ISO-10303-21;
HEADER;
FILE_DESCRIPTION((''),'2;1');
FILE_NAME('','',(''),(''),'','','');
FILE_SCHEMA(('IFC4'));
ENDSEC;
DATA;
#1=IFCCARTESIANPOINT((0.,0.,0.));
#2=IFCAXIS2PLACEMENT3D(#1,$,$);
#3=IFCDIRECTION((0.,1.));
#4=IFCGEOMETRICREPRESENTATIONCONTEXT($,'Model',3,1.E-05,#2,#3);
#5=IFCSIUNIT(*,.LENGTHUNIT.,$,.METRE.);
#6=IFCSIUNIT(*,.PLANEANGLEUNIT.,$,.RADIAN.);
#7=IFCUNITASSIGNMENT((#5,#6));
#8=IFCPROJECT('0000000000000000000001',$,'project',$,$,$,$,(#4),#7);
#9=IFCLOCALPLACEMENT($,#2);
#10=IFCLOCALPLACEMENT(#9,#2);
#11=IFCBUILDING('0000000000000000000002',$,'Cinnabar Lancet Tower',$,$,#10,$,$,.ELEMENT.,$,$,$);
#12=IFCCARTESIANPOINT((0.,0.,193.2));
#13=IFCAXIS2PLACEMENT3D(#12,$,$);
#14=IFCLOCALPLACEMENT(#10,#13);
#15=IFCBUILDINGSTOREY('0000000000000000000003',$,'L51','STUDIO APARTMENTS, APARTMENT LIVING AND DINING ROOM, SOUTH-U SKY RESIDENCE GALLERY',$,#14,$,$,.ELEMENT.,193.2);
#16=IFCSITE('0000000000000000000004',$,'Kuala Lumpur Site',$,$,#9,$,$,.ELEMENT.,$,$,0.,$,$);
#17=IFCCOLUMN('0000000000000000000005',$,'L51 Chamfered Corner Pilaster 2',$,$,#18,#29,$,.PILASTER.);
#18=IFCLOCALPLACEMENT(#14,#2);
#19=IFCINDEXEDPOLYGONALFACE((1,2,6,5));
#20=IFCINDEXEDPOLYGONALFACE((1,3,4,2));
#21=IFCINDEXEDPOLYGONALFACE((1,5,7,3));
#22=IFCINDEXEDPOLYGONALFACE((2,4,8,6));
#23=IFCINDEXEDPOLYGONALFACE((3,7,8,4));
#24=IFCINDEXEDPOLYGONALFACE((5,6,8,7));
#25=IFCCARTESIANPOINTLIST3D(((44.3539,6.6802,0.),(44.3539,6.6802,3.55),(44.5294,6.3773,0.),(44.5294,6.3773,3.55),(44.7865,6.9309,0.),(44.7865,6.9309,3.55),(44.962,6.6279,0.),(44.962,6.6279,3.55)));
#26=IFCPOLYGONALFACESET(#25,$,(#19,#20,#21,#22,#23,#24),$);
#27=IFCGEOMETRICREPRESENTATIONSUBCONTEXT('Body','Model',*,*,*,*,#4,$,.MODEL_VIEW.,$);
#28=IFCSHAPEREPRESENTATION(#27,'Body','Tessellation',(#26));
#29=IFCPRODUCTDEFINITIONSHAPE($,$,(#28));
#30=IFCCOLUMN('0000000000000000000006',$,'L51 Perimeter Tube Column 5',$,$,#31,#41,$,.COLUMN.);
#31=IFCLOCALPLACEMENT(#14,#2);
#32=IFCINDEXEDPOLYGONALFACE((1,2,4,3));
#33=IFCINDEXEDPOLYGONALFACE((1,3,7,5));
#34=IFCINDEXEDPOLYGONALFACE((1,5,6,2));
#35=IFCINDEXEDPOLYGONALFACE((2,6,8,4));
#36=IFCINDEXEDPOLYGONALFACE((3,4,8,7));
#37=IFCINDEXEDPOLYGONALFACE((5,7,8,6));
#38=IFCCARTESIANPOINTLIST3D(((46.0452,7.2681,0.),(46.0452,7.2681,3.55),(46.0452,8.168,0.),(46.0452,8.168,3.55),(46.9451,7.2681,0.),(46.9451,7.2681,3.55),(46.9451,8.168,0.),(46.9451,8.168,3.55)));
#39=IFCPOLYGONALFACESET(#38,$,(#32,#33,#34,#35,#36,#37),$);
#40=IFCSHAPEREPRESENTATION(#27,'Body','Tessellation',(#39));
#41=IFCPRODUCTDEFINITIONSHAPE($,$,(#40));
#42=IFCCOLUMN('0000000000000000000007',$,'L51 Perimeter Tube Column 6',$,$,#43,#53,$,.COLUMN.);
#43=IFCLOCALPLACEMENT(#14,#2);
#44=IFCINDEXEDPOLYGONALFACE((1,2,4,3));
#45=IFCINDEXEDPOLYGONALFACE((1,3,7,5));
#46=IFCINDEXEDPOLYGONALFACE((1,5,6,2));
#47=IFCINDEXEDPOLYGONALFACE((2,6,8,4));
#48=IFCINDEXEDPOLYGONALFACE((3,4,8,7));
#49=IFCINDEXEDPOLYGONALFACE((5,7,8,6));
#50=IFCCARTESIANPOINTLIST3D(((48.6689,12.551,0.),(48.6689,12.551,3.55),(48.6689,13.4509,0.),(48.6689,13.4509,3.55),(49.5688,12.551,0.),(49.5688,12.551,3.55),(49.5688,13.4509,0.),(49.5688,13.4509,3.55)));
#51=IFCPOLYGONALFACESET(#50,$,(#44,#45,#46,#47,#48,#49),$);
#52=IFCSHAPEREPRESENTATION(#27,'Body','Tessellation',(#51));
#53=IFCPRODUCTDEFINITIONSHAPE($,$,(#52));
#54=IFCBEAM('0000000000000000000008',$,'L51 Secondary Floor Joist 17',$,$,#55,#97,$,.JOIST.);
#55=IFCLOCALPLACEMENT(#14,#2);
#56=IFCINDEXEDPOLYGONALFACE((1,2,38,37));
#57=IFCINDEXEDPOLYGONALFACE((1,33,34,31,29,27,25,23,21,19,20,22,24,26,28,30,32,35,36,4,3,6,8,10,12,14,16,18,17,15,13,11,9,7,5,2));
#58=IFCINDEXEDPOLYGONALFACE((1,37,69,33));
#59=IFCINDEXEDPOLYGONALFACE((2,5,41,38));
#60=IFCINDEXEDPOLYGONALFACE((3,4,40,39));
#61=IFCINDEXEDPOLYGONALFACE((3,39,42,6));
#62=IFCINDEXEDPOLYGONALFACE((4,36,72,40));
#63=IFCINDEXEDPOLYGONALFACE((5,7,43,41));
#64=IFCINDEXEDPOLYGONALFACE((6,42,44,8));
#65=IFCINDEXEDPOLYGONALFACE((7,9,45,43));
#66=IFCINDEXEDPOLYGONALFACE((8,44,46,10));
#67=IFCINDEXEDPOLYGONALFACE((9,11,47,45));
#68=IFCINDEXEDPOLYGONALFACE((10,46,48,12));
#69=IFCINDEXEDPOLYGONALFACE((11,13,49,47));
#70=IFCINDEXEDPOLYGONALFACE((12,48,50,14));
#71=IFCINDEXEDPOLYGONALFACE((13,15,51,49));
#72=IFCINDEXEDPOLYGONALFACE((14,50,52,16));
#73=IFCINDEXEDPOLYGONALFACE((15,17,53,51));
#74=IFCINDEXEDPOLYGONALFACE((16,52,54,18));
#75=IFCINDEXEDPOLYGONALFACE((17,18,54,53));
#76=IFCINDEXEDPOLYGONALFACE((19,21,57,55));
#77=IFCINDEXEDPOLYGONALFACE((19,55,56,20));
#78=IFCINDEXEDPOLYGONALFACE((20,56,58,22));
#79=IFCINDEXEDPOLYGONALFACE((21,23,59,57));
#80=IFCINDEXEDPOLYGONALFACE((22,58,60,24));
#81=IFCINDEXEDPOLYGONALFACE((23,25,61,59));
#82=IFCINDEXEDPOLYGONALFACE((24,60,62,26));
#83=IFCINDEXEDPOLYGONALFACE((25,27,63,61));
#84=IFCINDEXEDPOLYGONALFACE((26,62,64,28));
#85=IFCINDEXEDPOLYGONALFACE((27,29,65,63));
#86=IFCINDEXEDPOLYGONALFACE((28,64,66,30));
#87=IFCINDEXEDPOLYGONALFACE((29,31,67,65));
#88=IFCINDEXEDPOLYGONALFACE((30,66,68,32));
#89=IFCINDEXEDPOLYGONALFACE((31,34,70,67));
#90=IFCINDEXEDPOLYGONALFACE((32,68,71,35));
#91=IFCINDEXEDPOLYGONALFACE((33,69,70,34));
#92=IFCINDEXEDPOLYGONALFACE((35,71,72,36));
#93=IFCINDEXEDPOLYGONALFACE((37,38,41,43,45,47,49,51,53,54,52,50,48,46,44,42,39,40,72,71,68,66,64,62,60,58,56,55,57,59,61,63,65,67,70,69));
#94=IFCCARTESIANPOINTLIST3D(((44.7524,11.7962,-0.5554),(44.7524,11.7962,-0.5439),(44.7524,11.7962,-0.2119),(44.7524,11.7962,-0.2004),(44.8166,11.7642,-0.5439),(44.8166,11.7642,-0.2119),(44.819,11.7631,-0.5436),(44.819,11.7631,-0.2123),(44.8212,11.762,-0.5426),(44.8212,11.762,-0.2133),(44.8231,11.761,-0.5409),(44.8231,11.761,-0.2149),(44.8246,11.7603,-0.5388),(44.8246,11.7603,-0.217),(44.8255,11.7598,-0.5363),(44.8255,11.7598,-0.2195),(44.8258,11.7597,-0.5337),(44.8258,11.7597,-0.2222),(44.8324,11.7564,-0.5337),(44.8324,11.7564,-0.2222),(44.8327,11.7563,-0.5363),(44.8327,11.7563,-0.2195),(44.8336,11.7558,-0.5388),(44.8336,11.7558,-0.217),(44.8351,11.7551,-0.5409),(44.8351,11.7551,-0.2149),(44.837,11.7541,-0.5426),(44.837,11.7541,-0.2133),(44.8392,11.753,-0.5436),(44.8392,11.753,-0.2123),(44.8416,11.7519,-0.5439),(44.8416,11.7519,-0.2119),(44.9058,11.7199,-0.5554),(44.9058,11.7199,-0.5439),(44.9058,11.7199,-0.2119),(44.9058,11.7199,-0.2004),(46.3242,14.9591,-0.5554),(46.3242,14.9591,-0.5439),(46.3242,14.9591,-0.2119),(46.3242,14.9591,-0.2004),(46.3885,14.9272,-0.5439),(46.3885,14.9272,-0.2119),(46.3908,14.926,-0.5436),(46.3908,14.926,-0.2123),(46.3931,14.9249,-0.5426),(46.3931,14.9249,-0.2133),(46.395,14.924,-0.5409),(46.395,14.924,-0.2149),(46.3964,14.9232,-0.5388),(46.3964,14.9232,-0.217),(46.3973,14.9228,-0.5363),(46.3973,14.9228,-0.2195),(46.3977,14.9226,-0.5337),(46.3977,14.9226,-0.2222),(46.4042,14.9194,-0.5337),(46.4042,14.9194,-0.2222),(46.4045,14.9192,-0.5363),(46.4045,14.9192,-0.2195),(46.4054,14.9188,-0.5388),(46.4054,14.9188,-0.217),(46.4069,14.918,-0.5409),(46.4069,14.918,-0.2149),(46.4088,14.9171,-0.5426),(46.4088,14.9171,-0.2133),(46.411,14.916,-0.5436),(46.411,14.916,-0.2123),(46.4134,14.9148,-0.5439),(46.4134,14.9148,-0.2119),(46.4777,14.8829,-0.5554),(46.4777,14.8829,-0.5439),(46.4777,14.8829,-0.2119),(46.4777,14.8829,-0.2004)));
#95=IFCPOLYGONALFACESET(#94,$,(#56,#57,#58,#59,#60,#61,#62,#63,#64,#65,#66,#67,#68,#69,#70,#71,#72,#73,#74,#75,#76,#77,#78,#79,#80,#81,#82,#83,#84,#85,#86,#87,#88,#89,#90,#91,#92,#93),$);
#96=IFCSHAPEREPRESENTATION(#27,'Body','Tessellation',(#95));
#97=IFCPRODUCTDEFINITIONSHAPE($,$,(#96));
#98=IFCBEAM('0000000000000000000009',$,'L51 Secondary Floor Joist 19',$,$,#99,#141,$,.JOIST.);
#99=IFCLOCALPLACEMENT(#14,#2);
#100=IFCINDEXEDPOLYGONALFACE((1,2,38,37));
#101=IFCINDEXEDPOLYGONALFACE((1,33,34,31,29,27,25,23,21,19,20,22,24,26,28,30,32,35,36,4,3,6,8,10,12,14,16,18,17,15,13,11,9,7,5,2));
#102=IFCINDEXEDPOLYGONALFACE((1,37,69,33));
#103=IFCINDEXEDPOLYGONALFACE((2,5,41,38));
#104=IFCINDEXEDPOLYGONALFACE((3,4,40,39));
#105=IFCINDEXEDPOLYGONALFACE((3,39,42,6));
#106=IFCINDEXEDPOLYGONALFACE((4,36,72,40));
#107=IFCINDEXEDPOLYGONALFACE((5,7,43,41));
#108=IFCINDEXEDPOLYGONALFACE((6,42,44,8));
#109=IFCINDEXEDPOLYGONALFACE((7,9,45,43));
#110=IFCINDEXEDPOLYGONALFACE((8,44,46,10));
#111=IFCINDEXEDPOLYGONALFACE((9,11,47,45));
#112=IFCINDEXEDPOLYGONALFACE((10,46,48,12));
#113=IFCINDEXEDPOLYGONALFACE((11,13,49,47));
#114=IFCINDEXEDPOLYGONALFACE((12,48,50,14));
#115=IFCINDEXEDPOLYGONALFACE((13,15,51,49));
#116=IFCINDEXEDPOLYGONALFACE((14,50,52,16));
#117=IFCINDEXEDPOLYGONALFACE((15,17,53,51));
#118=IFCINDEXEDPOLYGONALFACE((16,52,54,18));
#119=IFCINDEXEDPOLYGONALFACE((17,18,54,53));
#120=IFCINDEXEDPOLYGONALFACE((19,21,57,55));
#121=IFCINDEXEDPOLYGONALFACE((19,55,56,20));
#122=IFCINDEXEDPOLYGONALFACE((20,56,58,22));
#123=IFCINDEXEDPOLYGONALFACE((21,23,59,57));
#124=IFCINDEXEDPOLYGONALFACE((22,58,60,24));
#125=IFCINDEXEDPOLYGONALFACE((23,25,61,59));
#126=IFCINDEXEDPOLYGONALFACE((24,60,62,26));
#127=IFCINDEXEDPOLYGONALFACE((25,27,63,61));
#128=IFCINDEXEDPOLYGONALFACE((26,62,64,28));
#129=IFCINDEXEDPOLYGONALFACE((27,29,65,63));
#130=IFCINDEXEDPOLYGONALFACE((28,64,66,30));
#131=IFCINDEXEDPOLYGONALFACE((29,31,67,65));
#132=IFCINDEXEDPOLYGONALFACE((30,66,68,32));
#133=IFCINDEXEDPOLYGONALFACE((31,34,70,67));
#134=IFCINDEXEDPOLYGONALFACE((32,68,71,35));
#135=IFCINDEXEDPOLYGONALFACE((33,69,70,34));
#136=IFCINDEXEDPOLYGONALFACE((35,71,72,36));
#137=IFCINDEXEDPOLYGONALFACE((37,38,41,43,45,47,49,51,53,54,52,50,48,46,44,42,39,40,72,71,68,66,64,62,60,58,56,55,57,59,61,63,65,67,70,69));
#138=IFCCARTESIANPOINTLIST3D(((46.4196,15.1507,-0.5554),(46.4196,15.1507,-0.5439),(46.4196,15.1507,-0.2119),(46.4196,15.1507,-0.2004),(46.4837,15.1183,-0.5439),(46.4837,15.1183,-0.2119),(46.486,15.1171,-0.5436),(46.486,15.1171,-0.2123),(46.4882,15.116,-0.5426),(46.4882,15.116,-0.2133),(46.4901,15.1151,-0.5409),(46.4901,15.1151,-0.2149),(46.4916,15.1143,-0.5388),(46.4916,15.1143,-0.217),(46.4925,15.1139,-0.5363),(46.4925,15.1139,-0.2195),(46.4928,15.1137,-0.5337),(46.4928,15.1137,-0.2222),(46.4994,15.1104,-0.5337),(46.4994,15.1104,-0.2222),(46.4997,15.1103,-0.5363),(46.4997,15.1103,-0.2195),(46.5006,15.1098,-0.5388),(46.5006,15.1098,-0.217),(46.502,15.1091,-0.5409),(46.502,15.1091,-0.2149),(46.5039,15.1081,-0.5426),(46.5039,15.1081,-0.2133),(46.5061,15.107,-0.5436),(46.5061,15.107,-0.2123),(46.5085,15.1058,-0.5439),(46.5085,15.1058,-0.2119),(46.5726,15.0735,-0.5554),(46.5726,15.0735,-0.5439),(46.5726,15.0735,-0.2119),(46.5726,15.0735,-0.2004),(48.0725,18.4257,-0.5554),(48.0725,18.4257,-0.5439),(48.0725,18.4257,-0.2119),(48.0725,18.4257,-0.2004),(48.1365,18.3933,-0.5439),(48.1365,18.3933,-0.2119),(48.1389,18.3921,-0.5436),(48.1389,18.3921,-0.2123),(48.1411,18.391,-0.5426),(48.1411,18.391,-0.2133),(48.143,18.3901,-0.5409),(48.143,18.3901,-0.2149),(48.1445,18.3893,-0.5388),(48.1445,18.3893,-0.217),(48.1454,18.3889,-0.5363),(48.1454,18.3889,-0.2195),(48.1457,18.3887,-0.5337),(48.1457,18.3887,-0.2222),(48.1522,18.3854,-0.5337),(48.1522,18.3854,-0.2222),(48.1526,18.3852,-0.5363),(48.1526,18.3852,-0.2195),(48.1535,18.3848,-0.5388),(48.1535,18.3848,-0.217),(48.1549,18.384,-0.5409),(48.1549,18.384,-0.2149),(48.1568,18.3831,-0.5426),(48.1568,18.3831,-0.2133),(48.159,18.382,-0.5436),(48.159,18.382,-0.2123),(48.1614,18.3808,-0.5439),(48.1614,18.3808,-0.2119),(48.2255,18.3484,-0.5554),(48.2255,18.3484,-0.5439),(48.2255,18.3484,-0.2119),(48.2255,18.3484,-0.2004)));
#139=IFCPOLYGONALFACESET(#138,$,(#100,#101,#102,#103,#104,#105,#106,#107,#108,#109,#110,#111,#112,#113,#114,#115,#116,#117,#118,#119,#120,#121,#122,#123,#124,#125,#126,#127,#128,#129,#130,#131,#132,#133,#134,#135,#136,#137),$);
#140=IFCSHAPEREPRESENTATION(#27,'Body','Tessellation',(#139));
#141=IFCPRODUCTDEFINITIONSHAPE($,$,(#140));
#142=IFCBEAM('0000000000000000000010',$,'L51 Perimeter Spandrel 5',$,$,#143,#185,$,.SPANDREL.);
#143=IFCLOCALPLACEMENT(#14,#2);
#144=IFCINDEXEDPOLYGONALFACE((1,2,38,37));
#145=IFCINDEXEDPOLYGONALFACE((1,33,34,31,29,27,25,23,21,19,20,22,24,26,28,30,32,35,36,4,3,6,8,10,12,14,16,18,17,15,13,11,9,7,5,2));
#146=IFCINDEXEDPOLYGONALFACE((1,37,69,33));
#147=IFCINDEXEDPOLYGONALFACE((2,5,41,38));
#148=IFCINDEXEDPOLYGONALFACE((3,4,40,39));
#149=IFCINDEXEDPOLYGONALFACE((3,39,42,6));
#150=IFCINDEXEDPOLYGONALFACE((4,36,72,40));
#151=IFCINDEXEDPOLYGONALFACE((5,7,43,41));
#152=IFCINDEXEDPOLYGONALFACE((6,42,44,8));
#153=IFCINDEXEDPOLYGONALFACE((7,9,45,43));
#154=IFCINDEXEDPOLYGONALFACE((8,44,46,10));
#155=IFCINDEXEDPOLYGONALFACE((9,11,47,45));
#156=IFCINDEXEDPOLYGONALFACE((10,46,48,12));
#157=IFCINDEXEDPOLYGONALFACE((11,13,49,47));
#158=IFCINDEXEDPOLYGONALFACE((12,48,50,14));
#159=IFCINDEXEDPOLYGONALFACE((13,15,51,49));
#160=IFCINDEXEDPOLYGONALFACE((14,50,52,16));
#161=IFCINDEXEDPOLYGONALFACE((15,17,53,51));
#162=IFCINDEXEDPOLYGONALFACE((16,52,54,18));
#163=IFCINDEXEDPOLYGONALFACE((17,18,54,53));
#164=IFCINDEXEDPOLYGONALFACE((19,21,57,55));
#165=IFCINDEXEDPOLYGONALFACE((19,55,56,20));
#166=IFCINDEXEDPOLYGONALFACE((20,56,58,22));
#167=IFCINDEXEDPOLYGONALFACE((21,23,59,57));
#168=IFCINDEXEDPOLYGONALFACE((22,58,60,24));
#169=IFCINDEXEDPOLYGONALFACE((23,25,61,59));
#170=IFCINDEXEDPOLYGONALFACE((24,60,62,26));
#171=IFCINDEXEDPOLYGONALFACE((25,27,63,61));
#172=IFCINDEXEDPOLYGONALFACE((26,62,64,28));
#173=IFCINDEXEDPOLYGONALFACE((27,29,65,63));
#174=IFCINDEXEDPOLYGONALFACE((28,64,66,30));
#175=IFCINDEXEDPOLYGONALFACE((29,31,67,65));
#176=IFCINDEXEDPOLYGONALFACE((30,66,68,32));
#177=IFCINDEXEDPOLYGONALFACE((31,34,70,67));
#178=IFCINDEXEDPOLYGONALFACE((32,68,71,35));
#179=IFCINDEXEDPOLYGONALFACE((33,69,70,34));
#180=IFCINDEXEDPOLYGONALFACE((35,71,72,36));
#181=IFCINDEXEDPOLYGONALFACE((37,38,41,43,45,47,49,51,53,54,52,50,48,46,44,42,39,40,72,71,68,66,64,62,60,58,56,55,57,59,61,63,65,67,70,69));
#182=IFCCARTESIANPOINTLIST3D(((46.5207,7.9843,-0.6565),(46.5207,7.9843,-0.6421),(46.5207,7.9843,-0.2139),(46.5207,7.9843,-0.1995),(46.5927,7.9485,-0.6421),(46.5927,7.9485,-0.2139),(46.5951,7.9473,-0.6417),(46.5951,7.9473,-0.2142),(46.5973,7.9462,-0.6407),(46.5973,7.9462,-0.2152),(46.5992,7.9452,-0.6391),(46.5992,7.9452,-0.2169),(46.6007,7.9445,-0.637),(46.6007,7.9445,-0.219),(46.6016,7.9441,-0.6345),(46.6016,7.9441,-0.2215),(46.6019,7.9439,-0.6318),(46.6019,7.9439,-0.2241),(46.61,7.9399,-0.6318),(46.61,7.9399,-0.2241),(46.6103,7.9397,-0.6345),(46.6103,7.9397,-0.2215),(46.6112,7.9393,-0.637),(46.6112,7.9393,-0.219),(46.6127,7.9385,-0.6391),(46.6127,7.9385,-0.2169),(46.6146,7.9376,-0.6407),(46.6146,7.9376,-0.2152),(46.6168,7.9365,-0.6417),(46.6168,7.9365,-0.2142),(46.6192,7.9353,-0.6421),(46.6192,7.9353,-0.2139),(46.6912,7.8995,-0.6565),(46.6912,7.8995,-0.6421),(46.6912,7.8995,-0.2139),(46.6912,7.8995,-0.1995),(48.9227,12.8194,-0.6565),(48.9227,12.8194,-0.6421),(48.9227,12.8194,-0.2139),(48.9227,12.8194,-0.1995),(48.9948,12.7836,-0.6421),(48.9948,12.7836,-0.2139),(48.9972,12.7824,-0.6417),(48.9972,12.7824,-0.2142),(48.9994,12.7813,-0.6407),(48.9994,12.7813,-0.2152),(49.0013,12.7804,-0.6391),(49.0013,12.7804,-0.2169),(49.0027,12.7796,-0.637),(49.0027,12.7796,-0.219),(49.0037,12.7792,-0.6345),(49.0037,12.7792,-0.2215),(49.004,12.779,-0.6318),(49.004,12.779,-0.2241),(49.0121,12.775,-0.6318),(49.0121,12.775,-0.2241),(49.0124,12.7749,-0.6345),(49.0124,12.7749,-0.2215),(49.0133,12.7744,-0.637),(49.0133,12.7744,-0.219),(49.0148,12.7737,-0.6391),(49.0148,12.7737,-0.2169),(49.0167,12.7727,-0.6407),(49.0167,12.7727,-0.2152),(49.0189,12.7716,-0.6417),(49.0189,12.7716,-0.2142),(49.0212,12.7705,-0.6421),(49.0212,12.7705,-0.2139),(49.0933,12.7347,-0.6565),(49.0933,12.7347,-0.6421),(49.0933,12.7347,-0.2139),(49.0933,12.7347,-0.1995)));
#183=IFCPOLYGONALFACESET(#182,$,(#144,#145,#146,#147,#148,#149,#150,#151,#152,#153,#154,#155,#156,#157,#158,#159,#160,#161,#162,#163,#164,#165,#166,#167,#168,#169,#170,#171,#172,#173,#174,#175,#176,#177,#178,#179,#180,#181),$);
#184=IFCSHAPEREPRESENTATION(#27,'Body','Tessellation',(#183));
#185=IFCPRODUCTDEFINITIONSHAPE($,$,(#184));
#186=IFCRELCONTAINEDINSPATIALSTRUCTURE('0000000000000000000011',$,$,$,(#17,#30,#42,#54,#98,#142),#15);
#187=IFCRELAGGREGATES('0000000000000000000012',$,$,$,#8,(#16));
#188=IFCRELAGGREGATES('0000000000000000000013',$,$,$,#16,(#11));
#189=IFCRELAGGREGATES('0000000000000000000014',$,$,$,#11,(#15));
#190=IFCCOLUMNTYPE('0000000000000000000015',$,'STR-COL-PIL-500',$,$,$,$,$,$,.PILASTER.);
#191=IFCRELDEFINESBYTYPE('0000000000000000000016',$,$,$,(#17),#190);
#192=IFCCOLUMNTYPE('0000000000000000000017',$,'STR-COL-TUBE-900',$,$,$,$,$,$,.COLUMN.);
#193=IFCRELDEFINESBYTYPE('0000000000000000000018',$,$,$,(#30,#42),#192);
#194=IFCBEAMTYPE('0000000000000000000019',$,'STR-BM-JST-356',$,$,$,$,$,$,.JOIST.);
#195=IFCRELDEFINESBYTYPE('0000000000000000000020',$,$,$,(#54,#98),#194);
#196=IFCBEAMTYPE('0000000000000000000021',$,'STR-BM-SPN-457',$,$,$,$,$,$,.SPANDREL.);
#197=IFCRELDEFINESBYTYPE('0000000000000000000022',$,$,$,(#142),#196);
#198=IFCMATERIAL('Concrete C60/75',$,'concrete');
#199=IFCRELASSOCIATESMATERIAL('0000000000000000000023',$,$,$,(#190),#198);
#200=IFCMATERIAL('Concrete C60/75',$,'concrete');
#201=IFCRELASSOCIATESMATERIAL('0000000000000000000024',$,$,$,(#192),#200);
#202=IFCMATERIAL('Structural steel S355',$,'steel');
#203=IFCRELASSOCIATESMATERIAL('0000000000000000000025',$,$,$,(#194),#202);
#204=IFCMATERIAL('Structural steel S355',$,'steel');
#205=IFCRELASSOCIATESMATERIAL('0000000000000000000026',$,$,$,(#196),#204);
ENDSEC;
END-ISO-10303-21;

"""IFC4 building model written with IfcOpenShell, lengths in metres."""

from ifc_helpers import new_model, si_unit, direction, frame, origin, origin_2d, place, context, subcontext, project, spatial, rectangle, i_section, extrude, material, material_profile, profile_set, type_object, element, save


model = new_model("IFC4")

# Units and contexts
model_context = context("Model", 3, precision=1e-05, world=origin(), true_north=direction((0.0, 1.0)))
body_context = subcontext(model_context, "Body", "Model", "MODEL_VIEW")
ifc_project = project(units=[si_unit("LENGTHUNIT", "METRE"), si_unit("PLANEANGLEUNIT", "RADIAN")], contexts=[model_context])

# Site, building, storey
site_placement = place(None, origin())
site = spatial("IfcSite", under=ifc_project, at=site_placement, Name="Kuala Lumpur Site", CompositionType="ELEMENT", RefElevation=0.0)
building_placement = place(site_placement, origin())
building = spatial("IfcBuilding", under=site, at=building_placement, Name="Cinnabar Lancet Tower", CompositionType="ELEMENT")
storey_placement = place(building_placement, frame((0.0, 0.0, 193.2)))
storey = spatial("IfcBuildingStorey", under=building, at=storey_placement, Name="L51", Description="STUDIO APARTMENTS, APARTMENT LIVING AND DINING ROOM, SOUTH-U SKY RESIDENCE GALLERY", CompositionType="ELEMENT", Elevation=193.2)

# Columns
ifc_material_1 = material(Name="Concrete C60/75", Category="concrete")
ifc_material_profile_1 = material_profile(ifc_material_1, rectangle(XDim=0.5, YDim=0.3501, at=origin_2d()), Name="RC-PIL 500x350")
ifc_profile_set_1 = profile_set([ifc_material_profile_1], Name="Concrete C60/75")
column_type_1 = type_object("IfcColumnType", Name="STR-COL-PIL-500", PredefinedType="PILASTER", material=ifc_profile_set_1)
column_placement = place(storey_placement, frame((44.658, 6.6541, 0.0), z_axis=(0.0, 0.0, 1.0), x_axis=(0.86523, 0.501375, 0.0)))
element("IfcColumn", 1, at=column_placement, inside=storey, type_object=column_type_1, Name="L51 Chamfered Corner Pilaster 2", PredefinedType="PILASTER", context=body_context, shape_type="SweptSolid", body=[
    extrude(rectangle(XDim=0.5, YDim=0.3501, at=origin_2d()), origin(), (0.0, 0.0, 1.0), 3.55),
])
ifc_material_2 = material(Name="Concrete C60/75", Category="concrete")
ifc_material_profile_2 = material_profile(ifc_material_2, rectangle(XDim=0.8999, YDim=0.8999, at=origin_2d()), Name="RC-COL 900x900")
ifc_profile_set_2 = profile_set([ifc_material_profile_2], Name="Concrete C60/75")
column_type_2 = type_object("IfcColumnType", Name="STR-COL-TUBE-900", PredefinedType="COLUMN", material=ifc_profile_set_2)
for number, where, z_axis, x_axis, name in (
    (2, (46.4951, 7.718, 0.0), (0.0, 0.0, 1.0), (1.0, 0.0, 0.0), "L51 Perimeter Tube Column 5"),
    (3, (49.1189, 13.001, 0.0), (0.0, 0.0, 1.0), (1.0, 0.0, 0.0), "L51 Perimeter Tube Column 6"),
):
    element("IfcColumn", number, at=place(storey_placement, frame(where, z_axis=z_axis, x_axis=x_axis)), inside=storey, type_object=column_type_2, Name=name, PredefinedType="COLUMN", context=body_context, shape_type="SweptSolid", body=[
        extrude(rectangle(XDim=0.8999, YDim=0.8999, at=origin_2d()), origin(), (0.0, 0.0, 1.0), 3.55),
    ])

# Beams
ifc_material_3 = material(Name="Structural steel S355", Category="steel")
ifc_material_profile_3 = material_profile(ifc_material_3, i_section(OverallWidth=0.1714, OverallDepth=0.355, WebThickness=0.0073, FlangeThickness=0.0115, FilletRadius=0.0103, at=origin_2d()), Name="UKB 356x171x51")
ifc_profile_set_3 = profile_set([ifc_material_profile_3], Name="Structural steel S355")
beam_type_1 = type_object("IfcBeamType", Name="STR-BM-JST-356", PredefinedType="JOIST", material=ifc_profile_set_3)
beam_1_placement = place(storey_placement, frame((44.8291, 11.7581, -0.3779), z_axis=(0.445028, 0.895517, 0.0), x_axis=(-0.895517, 0.445028, 0.0)))
element("IfcBeam", 4, at=beam_1_placement, inside=storey, type_object=beam_type_1, Name="L51 Secondary Floor Joist 17", PredefinedType="JOIST", context=body_context, shape_type="SweptSolid", body=[
    extrude(i_section(OverallWidth=0.1714, OverallDepth=0.355, WebThickness=0.0073, FlangeThickness=0.0115, FilletRadius=0.0103, at=origin_2d()), origin(), (0.0, 0.0, 1.0), 3.532),
])
beam_2_placement = place(storey_placement, frame((46.4961, 15.1121, -0.3779), z_axis=(0.450565, 0.892744, 0.0), x_axis=(-0.892744, 0.450565, 0.0)))
element("IfcBeam", 5, at=beam_2_placement, inside=storey, type_object=beam_type_1, Name="L51 Secondary Floor Joist 19", PredefinedType="JOIST", context=body_context, shape_type="SweptSolid", body=[
    extrude(i_section(OverallWidth=0.1714, OverallDepth=0.355, WebThickness=0.0073, FlangeThickness=0.0115, FilletRadius=0.0103, at=origin_2d()), origin(), (0.0, 0.0, 1.0), 3.6685),
])
ifc_material_4 = material(Name="Structural steel S355", Category="steel")
ifc_material_profile_4 = material_profile(ifc_material_4, i_section(OverallWidth=0.1904, OverallDepth=0.457, WebThickness=0.009, FlangeThickness=0.0144, FilletRadius=0.0103, at=origin_2d()), Name="UKB 457x191x74")
ifc_profile_set_4 = profile_set([ifc_material_profile_4], Name="Structural steel S355")
beam_type_2 = type_object("IfcBeamType", Name="STR-BM-SPN-457", PredefinedType="SPANDREL", material=ifc_profile_set_4)
beam_3_placement = place(storey_placement, frame((46.606, 7.9419, -0.428), z_axis=(0.444915, 0.895573, 0.0), x_axis=(-0.895573, 0.444915, 0.0)))
element("IfcBeam", 6, at=beam_3_placement, inside=storey, type_object=beam_type_2, Name="L51 Perimeter Spandrel 5", PredefinedType="SPANDREL", context=body_context, shape_type="SweptSolid", body=[
    extrude(i_section(OverallWidth=0.1904, OverallDepth=0.457, WebThickness=0.009, FlangeThickness=0.0144, FilletRadius=0.0103, at=origin_2d()), origin(), (0.0, 0.0, 1.0), 5.3989),
])

save(model, "model.ifc")
